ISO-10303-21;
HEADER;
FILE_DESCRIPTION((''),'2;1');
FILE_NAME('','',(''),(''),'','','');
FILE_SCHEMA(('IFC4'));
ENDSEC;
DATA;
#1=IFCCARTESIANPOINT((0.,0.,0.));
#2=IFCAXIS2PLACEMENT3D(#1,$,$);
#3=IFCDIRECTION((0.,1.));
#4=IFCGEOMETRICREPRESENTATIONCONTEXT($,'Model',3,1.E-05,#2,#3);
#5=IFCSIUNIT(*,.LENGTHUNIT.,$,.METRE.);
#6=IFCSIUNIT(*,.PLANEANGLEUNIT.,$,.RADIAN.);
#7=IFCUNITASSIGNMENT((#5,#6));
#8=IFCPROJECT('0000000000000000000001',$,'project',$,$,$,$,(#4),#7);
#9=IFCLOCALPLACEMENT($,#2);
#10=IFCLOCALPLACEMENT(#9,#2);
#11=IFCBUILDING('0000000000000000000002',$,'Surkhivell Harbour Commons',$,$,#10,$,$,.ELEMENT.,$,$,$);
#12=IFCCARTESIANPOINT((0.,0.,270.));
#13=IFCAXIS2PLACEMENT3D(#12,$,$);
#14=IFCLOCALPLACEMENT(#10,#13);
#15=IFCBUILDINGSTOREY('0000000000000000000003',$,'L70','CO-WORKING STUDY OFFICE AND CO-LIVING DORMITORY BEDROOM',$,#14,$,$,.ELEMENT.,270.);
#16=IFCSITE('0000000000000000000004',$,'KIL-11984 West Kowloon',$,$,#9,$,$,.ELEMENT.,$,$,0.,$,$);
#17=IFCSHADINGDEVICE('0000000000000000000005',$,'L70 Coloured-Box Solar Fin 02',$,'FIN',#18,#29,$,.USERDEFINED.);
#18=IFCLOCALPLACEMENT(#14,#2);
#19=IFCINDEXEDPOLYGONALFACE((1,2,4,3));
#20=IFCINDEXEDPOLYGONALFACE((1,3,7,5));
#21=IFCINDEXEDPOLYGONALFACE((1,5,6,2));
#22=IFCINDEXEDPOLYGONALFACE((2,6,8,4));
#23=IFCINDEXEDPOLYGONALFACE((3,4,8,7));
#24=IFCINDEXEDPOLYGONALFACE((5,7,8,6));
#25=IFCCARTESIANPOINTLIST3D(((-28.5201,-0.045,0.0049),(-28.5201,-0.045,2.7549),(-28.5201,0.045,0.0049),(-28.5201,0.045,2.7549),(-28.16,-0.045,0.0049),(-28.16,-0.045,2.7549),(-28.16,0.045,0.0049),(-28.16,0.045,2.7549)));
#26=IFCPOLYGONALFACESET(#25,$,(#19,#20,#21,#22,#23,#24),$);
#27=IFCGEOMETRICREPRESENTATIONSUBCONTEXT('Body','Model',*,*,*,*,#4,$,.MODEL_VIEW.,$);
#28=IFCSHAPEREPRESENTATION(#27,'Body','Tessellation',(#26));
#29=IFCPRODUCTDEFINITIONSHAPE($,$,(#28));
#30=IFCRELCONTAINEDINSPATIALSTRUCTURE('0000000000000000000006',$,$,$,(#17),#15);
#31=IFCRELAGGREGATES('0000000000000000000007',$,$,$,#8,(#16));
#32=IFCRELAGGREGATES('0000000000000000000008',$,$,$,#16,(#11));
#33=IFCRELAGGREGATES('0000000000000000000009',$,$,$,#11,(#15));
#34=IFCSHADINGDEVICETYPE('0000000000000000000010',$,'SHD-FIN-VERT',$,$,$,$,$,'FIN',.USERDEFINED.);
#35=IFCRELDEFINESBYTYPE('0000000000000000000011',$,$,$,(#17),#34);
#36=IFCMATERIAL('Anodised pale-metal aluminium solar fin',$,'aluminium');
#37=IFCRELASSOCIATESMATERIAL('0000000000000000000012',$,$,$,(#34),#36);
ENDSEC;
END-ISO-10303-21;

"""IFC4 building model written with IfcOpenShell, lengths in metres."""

from ifc_helpers import new_model, si_unit, direction, frame, origin, origin_2d, place, context, subcontext, project, spatial, rectangle, extrude, material, type_object, element, save


model = new_model("IFC4")

# Units and contexts
model_context = context("Model", 3, precision=1e-05, world=origin(), true_north=direction((0.0, 1.0)))
body_context = subcontext(model_context, "Body", "Model", "MODEL_VIEW")
ifc_project = project(units=[si_unit("LENGTHUNIT", "METRE"), si_unit("PLANEANGLEUNIT", "RADIAN")], contexts=[model_context])

# Site, building, storey
site_placement = place(None, origin())
site = spatial("IfcSite", under=ifc_project, at=site_placement, Name="KIL-11984 West Kowloon", CompositionType="ELEMENT", RefElevation=0.0)
building_placement = place(site_placement, origin())
building = spatial("IfcBuilding", under=site, at=building_placement, Name="Surkhivell Harbour Commons", CompositionType="ELEMENT")
storey_placement = place(building_placement, frame((0.0, 0.0, 270.0)))
storey = spatial("IfcBuildingStorey", under=building, at=storey_placement, Name="L70", Description="CO-WORKING STUDY OFFICE AND CO-LIVING DORMITORY BEDROOM", CompositionType="ELEMENT", Elevation=270.0)

# Shading device
ifc_material_1 = material(Name="Anodised pale-metal aluminium solar fin", Category="aluminium")
shading_device_type = type_object("IfcShadingDeviceType", Name="SHD-FIN-VERT", ElementType="FIN", PredefinedType="USERDEFINED", material=ifc_material_1)
shading_device_placement = place(storey_placement, frame((-28.3401, 0.0, 0.0049), z_axis=(0.0, 0.0, 1.0), x_axis=(1.0, 0.0, 0.0)))
element("IfcShadingDevice", 1, at=shading_device_placement, inside=storey, type_object=shading_device_type, Name="L70 Coloured-Box Solar Fin 02", ObjectType="FIN", PredefinedType="USERDEFINED", context=body_context, shape_type="SweptSolid", body=[
    extrude(rectangle(XDim=0.3601, YDim=0.0901, at=origin_2d()), origin(), (0.0, 0.0, 1.0), 2.75),
])

save(model, "model.ifc")
